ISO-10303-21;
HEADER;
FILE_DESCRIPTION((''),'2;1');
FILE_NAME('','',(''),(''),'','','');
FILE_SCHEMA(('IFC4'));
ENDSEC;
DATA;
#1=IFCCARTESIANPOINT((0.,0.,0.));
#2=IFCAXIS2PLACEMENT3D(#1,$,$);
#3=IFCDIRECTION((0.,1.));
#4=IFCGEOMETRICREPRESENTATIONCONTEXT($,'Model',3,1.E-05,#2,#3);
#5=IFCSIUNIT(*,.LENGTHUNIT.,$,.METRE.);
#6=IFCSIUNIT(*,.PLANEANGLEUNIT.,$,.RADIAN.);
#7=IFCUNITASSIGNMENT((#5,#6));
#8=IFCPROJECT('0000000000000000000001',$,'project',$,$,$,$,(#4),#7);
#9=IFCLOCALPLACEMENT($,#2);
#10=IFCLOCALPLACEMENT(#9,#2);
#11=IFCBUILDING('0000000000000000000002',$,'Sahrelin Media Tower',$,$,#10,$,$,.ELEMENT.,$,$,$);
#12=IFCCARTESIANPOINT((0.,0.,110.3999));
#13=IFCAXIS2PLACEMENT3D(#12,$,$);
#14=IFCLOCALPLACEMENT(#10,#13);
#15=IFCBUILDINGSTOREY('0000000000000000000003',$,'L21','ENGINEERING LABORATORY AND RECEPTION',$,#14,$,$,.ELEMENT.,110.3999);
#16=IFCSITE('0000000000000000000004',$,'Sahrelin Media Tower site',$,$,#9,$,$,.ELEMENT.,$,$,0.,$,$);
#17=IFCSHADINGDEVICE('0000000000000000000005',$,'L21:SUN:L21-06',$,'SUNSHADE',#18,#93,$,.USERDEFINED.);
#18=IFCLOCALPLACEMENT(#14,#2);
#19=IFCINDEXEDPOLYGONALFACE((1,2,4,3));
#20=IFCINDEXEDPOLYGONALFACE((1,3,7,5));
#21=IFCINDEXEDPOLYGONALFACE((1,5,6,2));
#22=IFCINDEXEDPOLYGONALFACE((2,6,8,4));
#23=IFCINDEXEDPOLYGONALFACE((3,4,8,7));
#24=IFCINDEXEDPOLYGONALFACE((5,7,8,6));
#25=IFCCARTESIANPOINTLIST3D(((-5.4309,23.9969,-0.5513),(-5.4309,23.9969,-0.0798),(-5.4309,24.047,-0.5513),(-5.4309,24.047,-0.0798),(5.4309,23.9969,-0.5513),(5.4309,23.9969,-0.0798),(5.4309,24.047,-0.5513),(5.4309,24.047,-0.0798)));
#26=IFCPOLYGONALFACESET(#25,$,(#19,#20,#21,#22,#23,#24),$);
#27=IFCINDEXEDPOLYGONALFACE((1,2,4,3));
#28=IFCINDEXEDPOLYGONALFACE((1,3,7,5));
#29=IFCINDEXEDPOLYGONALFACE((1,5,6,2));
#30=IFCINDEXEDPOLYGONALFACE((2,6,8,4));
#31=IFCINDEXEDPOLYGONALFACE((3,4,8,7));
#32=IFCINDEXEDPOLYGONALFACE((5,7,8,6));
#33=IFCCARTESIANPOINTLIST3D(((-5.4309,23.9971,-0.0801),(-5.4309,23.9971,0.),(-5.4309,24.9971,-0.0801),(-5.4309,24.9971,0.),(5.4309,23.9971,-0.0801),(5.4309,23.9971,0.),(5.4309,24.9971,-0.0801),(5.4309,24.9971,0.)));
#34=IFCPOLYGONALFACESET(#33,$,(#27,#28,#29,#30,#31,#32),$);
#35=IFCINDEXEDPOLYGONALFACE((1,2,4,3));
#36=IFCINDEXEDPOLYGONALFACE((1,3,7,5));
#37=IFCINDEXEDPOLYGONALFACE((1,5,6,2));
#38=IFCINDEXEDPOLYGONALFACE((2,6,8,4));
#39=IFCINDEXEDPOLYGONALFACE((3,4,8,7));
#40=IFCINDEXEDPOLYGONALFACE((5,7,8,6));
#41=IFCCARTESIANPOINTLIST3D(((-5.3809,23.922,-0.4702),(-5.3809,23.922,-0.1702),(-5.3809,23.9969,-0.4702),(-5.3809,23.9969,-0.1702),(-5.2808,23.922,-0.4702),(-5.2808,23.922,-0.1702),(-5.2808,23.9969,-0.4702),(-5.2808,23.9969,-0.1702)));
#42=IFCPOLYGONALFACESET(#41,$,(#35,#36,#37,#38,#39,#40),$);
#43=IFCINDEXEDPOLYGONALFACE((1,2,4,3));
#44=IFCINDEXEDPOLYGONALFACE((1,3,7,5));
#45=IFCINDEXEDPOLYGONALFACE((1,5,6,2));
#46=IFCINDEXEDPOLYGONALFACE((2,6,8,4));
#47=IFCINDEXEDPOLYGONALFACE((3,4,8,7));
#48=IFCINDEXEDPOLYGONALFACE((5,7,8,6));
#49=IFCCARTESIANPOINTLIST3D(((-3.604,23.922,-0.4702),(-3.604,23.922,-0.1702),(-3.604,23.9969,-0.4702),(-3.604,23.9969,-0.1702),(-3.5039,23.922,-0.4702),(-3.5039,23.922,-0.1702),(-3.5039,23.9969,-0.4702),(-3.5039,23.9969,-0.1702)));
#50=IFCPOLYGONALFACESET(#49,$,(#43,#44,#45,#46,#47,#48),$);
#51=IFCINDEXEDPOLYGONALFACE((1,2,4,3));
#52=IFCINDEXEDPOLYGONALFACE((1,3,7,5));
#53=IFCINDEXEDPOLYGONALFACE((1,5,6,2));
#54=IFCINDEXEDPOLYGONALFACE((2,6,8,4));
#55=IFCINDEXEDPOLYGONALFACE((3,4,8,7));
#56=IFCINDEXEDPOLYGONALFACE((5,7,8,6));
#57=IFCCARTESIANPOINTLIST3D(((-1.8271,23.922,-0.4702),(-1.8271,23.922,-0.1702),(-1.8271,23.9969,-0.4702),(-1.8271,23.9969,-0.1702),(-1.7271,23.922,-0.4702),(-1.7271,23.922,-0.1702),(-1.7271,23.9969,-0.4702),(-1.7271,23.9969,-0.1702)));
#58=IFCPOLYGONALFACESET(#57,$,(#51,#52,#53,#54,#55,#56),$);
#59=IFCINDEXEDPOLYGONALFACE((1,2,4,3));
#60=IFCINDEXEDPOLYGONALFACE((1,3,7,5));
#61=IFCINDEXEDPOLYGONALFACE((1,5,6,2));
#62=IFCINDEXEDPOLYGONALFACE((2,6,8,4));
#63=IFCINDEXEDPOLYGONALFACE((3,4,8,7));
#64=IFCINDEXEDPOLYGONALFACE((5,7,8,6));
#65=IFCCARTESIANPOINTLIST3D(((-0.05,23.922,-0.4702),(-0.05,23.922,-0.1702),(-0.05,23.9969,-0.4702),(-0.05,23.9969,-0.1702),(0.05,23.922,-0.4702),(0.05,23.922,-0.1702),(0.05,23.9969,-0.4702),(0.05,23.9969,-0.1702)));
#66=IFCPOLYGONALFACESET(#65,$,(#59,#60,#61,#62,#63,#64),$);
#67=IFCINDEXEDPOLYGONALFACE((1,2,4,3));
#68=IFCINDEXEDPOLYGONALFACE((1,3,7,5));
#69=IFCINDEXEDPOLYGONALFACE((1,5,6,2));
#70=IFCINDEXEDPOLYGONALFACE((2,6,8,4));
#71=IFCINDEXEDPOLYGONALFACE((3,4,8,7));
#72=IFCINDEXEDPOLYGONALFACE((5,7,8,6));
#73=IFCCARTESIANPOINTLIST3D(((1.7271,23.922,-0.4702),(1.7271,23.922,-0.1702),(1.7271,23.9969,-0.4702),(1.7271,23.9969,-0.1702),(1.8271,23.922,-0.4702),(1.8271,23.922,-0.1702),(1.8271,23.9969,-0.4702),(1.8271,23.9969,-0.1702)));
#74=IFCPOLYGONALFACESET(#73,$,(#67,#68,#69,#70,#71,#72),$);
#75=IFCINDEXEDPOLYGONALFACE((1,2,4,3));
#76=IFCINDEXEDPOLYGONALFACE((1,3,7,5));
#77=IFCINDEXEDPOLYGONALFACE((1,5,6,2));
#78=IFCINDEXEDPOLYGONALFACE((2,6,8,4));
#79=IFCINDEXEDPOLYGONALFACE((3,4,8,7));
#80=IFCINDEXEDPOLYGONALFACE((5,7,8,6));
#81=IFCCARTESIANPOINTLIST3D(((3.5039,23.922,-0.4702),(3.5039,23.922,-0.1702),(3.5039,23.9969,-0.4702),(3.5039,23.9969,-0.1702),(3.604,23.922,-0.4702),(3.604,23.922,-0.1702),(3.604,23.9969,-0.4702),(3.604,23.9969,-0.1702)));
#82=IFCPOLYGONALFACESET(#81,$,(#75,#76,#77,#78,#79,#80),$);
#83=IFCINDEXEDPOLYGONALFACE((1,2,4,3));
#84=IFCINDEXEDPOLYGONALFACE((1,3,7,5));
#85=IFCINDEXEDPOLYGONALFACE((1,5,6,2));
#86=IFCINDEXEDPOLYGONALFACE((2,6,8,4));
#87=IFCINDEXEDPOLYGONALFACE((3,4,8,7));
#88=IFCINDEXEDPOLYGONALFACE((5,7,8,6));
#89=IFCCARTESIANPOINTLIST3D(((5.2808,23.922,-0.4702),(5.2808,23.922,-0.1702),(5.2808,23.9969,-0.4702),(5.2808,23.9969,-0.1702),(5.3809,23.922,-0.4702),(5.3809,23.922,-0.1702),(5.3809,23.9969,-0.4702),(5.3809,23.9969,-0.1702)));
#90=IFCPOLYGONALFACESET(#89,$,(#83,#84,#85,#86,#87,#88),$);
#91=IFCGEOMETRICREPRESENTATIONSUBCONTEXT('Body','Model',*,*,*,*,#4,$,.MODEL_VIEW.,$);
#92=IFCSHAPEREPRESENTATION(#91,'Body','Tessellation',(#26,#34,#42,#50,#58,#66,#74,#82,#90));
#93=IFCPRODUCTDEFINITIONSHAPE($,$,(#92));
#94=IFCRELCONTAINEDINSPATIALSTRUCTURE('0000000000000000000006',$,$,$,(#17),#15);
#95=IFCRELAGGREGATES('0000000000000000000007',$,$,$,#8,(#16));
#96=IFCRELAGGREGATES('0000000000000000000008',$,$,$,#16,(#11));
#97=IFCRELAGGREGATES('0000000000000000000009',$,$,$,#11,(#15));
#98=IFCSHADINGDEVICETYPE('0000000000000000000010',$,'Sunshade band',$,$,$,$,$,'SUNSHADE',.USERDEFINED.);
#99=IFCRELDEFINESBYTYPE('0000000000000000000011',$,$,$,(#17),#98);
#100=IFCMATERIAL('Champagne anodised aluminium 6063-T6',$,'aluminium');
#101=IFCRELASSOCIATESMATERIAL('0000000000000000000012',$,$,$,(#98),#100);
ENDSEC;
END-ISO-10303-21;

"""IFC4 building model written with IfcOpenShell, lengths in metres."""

from ifc_helpers import new_model, si_unit, direction, frame, origin, origin_2d, place, context, subcontext, project, spatial, rectangle, extrude, material, type_object, element, save


model = new_model("IFC4")

# Units and contexts
model_context = context("Model", 3, precision=1e-05, world=origin(), true_north=direction((0.0, 1.0)))
body_context = subcontext(model_context, "Body", "Model", "MODEL_VIEW")
ifc_project = project(units=[si_unit("LENGTHUNIT", "METRE"), si_unit("PLANEANGLEUNIT", "RADIAN")], contexts=[model_context])

# Site, building, storey
site_placement = place(None, origin())
site = spatial("IfcSite", under=ifc_project, at=site_placement, Name="Sahrelin Media Tower site", CompositionType="ELEMENT", RefElevation=0.0)
building_placement = place(site_placement, origin())
building = spatial("IfcBuilding", under=site, at=building_placement, Name="Sahrelin Media Tower", CompositionType="ELEMENT")
storey_placement = place(building_placement, frame((0.0, 0.0, 110.3999)))
storey = spatial("IfcBuildingStorey", under=building, at=storey_placement, Name="L21", Description="ENGINEERING LABORATORY AND RECEPTION", CompositionType="ELEMENT", Elevation=110.3999)

# Shared definitions
ifc_material_1 = material(Name="Champagne anodised aluminium 6063-T6", Category="aluminium")

# Shared definitions
placement_1 = place(storey_placement, frame((0.0, 23.9771, 0.0), z_axis=(0.0, 0.0, 1.0), x_axis=(1.0, 0.0, 0.0)))

# Shading device
shading_device_type_1 = type_object("IfcShadingDeviceType", Name="Sunshade band", ElementType="SUNSHADE", PredefinedType="USERDEFINED", material=ifc_material_1)
element("IfcShadingDevice", 1, at=placement_1, inside=storey, type_object=shading_device_type_1, Name="L21:SUN:L21-06", ObjectType="SUNSHADE", PredefinedType="USERDEFINED", context=body_context, shape_type="SweptSolid", body=[
    extrude(rectangle(XDim=10.8618, YDim=0.05, at=origin_2d()), frame((0.0, 0.0449, -0.5513)), (0.0, 0.0, 1.0), 0.4714),
    extrude(rectangle(XDim=10.8618, YDim=1.0, at=origin_2d()), frame((0.0, 0.52, -0.0801)), (0.0, 0.0, 1.0), 0.0801),
    extrude(rectangle(XDim=0.1001, YDim=0.075, at=origin_2d()), frame((-5.3308, -0.0176, -0.4702)), (0.0, 0.0, 1.0), 0.3),
    extrude(rectangle(XDim=0.1001, YDim=0.075, at=origin_2d()), frame((-3.554, -0.0176, -0.4702)), (0.0, 0.0, 1.0), 0.3),
    extrude(rectangle(XDim=0.1001, YDim=0.075, at=origin_2d()), frame((-1.7771, -0.0176, -0.4702)), (0.0, 0.0, 1.0), 0.3),
    extrude(rectangle(XDim=0.1001, YDim=0.075, at=origin_2d()), frame((0.0, -0.0176, -0.4702)), (0.0, 0.0, 1.0), 0.3),
    extrude(rectangle(XDim=0.1001, YDim=0.075, at=origin_2d()), frame((1.7771, -0.0176, -0.4702)), (0.0, 0.0, 1.0), 0.3),
    extrude(rectangle(XDim=0.1001, YDim=0.075, at=origin_2d()), frame((3.554, -0.0176, -0.4702)), (0.0, 0.0, 1.0), 0.3),
    extrude(rectangle(XDim=0.1001, YDim=0.075, at=origin_2d()), frame((5.3308, -0.0176, -0.4702)), (0.0, 0.0, 1.0), 0.3),
])

save(model, "model.ifc")
